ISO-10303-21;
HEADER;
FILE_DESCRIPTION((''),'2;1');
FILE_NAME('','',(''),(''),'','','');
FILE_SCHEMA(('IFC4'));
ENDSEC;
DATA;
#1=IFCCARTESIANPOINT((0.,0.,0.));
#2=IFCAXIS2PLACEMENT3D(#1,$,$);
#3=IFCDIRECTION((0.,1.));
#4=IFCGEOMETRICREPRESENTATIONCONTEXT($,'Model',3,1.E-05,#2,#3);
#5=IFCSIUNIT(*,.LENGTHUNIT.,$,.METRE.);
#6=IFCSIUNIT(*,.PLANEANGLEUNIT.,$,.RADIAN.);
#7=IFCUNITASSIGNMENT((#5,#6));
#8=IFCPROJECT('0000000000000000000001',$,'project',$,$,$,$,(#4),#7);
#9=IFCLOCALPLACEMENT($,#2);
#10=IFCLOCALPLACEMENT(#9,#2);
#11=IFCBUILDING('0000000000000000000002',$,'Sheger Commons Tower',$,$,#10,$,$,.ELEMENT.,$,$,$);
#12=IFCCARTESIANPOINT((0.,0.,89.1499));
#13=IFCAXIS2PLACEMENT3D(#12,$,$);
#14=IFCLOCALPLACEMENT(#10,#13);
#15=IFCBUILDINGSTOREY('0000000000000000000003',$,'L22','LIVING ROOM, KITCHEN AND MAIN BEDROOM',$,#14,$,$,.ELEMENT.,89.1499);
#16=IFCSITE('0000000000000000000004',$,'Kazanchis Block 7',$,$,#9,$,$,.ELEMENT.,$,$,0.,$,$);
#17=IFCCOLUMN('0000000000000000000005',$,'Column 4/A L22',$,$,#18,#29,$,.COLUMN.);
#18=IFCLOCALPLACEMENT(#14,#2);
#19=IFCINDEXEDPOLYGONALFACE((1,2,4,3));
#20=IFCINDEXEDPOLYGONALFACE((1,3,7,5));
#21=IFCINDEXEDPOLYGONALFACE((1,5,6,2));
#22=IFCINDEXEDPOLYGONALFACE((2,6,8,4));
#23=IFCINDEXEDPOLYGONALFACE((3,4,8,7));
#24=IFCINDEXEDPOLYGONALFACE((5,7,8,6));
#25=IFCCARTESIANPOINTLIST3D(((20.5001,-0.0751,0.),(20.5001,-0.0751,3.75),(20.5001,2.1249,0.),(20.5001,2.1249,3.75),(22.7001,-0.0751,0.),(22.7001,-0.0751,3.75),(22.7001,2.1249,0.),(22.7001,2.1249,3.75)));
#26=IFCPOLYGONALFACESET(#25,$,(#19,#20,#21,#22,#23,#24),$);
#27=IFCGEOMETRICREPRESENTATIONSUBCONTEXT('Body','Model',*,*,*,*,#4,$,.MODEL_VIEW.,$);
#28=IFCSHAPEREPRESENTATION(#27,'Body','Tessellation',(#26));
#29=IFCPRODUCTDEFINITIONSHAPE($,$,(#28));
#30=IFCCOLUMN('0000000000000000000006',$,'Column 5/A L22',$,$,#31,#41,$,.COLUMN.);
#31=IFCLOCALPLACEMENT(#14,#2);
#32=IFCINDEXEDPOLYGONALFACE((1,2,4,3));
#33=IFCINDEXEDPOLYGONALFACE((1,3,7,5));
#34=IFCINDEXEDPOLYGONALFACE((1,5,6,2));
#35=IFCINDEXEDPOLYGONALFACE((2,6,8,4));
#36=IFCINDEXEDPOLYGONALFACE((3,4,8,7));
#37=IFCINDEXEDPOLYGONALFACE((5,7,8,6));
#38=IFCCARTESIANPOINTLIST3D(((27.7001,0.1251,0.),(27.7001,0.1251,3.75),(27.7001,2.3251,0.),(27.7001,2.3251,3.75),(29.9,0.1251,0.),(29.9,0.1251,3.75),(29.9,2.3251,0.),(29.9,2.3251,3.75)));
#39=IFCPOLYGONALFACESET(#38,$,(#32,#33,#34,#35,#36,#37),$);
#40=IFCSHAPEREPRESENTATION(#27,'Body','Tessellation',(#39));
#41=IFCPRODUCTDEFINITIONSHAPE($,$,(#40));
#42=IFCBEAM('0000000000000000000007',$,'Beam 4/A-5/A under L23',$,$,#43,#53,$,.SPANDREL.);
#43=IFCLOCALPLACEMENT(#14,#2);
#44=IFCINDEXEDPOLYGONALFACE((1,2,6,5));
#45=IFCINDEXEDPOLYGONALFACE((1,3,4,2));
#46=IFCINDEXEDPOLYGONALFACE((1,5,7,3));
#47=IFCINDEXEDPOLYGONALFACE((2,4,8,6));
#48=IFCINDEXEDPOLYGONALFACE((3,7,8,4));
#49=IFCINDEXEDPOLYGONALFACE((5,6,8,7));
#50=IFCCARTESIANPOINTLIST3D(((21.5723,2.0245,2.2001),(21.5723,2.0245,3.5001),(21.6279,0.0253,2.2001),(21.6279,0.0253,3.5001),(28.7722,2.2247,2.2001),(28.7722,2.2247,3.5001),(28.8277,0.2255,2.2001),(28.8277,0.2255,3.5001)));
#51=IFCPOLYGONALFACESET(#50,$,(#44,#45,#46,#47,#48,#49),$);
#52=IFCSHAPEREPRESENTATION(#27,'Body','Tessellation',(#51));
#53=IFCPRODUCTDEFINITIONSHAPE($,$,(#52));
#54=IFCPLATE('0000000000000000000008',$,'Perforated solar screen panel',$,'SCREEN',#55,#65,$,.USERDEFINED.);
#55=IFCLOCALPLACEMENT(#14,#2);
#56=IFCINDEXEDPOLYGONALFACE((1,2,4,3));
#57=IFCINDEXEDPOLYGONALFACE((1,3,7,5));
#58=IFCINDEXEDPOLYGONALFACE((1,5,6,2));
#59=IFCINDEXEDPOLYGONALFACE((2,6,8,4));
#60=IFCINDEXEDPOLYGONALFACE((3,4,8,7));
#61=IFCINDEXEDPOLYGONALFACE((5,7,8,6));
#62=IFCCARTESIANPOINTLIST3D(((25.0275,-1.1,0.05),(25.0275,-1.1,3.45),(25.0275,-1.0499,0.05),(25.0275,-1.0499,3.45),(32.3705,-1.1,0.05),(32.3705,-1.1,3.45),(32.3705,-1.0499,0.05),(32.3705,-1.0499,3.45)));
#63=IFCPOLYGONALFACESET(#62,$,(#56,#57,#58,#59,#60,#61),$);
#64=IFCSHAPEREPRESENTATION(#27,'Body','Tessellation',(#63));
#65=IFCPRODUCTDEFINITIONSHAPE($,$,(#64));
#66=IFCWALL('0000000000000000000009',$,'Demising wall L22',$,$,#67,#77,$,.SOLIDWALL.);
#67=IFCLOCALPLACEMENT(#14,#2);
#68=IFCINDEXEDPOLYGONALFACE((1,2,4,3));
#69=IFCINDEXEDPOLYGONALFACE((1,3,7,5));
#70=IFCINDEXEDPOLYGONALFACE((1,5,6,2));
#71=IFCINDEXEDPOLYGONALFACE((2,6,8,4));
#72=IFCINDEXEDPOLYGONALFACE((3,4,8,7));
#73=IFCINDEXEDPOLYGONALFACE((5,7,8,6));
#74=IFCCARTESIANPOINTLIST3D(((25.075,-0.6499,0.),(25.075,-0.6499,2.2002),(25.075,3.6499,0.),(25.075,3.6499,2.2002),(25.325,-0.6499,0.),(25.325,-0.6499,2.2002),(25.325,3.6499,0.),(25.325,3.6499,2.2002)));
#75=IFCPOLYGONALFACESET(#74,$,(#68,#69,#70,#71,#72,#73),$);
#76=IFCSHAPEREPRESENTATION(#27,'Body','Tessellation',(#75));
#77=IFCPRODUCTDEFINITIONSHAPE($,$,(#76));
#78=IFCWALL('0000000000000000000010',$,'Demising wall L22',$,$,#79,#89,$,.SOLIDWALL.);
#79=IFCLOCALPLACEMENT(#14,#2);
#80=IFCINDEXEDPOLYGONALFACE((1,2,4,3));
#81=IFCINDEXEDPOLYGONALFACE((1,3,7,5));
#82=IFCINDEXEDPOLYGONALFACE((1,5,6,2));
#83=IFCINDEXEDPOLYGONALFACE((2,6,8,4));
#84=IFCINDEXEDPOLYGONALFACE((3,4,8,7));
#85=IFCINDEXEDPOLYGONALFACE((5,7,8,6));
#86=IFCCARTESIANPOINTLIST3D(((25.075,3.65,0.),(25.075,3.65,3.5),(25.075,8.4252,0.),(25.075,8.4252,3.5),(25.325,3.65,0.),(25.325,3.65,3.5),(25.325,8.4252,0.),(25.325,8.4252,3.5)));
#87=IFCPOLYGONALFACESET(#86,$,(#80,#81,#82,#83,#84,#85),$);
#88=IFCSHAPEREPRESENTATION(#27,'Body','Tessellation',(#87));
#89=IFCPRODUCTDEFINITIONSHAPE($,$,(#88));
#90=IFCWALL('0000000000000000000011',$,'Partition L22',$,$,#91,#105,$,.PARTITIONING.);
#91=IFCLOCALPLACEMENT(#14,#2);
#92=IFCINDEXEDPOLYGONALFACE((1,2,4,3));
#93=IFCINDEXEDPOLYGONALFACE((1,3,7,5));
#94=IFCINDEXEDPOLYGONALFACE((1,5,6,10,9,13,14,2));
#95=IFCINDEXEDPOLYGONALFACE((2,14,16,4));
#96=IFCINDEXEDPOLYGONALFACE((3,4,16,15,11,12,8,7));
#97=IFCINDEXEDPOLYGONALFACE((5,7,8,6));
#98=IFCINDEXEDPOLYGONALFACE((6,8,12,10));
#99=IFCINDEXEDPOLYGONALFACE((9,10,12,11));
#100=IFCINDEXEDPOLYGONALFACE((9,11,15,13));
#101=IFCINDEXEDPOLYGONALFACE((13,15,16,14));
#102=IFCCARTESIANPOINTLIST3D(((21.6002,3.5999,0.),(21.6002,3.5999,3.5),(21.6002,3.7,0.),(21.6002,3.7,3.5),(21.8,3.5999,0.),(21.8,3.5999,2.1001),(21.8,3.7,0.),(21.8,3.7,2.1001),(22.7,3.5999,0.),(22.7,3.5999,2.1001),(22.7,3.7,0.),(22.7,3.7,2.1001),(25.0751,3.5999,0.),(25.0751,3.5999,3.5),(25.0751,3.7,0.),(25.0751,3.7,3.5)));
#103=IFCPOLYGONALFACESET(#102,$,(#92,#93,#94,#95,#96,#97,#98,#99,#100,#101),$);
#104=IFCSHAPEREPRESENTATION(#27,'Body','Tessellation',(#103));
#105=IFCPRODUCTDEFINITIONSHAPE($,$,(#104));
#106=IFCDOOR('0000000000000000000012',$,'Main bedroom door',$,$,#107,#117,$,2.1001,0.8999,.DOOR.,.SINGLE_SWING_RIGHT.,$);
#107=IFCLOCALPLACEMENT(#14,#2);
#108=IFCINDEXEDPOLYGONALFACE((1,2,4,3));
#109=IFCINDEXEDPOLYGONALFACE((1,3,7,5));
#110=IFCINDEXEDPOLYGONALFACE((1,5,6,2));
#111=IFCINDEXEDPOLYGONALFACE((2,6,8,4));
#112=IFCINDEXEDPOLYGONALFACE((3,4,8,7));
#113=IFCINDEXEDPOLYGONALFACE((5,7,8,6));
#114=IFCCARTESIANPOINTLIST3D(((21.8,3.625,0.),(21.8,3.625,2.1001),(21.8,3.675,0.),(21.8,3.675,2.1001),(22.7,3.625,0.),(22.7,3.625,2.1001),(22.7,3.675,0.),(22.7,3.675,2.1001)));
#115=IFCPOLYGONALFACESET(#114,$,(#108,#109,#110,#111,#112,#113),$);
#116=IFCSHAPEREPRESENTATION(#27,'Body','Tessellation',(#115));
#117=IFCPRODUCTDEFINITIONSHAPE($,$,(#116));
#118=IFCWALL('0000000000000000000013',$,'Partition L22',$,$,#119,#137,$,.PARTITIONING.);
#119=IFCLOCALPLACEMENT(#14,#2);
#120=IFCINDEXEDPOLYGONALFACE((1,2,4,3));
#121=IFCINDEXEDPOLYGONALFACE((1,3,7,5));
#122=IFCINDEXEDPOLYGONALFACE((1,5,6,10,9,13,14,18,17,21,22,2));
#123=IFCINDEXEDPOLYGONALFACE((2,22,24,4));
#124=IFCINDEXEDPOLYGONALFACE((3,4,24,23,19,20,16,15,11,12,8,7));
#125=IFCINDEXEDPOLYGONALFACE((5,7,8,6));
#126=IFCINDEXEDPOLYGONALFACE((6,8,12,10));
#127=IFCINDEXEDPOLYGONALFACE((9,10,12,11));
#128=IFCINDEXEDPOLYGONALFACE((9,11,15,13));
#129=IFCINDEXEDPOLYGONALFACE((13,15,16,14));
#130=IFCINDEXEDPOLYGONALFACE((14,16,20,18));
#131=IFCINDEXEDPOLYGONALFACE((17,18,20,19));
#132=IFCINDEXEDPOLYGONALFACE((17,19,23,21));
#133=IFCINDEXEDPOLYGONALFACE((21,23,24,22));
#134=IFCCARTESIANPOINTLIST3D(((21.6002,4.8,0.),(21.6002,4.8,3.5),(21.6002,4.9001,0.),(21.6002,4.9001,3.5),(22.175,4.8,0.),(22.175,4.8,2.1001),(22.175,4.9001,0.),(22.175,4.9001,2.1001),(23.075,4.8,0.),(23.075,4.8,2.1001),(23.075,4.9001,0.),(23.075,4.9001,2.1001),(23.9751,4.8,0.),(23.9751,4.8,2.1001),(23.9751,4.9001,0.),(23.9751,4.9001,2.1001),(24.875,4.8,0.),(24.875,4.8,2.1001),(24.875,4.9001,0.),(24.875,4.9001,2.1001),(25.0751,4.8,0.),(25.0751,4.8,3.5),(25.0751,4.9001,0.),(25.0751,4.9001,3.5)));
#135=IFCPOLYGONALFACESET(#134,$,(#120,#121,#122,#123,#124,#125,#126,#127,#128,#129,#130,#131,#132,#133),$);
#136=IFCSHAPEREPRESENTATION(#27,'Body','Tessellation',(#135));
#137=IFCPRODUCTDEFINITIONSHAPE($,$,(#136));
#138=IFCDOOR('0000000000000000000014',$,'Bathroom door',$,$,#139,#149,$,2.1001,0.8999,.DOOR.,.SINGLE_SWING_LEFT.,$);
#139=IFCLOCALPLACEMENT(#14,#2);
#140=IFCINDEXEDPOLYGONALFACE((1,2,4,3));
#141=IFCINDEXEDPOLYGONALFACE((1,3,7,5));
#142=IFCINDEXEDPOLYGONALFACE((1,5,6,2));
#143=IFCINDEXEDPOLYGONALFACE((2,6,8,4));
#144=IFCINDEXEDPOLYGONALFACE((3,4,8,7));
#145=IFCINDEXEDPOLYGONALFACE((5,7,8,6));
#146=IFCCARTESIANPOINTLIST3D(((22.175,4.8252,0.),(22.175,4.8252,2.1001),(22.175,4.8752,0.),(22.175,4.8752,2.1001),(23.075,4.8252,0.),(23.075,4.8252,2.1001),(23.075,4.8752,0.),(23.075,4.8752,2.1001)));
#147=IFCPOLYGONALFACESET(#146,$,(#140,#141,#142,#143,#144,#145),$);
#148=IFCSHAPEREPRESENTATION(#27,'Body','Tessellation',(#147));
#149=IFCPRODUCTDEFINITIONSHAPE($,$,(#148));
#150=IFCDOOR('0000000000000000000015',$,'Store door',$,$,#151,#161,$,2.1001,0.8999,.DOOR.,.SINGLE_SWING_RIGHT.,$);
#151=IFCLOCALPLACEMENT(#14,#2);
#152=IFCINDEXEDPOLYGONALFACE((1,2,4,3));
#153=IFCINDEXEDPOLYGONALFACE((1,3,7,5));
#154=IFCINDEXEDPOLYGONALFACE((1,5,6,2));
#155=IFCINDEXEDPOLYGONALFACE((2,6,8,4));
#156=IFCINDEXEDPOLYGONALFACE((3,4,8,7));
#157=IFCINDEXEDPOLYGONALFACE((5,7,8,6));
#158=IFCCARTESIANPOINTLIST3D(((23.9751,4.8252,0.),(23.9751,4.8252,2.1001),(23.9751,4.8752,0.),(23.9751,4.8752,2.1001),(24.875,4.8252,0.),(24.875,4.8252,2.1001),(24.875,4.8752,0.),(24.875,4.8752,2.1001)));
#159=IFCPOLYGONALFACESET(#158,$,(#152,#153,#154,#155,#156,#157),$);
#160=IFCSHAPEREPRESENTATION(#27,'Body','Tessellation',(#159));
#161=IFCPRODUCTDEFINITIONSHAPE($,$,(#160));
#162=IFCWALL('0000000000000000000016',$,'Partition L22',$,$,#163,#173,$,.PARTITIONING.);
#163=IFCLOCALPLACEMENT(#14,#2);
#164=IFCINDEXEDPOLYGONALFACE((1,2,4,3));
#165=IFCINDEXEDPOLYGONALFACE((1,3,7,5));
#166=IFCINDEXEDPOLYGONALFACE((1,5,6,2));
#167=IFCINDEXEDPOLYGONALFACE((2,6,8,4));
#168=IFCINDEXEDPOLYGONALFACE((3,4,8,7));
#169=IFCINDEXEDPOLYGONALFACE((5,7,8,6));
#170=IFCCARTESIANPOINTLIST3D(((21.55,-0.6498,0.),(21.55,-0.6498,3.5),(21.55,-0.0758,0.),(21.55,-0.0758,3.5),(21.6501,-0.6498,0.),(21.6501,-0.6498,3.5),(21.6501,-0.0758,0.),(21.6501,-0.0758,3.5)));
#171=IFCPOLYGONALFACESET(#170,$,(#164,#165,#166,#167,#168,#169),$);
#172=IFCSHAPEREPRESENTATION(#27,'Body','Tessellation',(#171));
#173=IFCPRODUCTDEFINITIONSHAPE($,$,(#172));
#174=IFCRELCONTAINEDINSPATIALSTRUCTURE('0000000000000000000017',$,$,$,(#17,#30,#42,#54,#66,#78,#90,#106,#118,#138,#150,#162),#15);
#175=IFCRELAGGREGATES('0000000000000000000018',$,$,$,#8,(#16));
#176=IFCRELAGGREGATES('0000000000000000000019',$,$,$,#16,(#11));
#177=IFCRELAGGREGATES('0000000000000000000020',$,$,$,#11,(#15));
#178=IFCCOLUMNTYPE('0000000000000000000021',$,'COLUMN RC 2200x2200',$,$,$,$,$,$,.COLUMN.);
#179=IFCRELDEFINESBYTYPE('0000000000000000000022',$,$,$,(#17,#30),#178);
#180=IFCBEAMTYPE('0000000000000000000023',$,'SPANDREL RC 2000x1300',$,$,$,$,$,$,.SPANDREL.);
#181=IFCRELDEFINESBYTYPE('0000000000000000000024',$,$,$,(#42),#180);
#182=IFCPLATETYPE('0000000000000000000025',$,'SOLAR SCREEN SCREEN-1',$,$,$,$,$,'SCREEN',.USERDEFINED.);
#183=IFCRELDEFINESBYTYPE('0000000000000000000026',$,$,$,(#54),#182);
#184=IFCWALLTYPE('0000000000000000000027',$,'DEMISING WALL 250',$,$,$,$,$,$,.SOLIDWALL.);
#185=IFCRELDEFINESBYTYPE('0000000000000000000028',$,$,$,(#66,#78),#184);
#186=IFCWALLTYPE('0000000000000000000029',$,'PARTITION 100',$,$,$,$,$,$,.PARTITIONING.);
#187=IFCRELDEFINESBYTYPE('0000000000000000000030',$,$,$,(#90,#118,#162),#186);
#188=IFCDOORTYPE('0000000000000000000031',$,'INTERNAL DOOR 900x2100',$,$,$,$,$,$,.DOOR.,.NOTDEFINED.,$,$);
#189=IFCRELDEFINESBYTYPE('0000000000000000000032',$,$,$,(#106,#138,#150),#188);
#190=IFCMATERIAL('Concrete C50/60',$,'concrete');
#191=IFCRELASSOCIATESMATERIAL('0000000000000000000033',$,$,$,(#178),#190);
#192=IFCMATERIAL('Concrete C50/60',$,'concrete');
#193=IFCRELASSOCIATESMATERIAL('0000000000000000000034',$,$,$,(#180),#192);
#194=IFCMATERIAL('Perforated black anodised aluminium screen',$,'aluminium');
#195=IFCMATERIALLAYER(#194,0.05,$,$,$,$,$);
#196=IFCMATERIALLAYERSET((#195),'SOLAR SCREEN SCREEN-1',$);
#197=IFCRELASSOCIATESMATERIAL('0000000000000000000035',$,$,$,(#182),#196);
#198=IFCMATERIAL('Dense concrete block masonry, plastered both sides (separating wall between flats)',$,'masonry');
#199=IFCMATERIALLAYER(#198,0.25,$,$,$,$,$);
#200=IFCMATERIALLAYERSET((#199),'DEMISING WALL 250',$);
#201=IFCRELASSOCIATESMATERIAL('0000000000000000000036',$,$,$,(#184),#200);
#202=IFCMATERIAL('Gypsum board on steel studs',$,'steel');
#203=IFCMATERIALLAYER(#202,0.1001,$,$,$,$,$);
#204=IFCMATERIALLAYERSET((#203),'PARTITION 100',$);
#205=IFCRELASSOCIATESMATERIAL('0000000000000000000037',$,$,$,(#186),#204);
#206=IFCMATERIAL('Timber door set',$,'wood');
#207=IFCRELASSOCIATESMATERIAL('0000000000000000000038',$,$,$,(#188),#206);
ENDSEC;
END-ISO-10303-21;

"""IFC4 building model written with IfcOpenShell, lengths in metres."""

from ifc_helpers import new_model, si_unit, direction, frame, frame_2d, origin, origin_2d, place, context, subcontext, project, spatial, rectangle, extrude, material, layer, layer_set, material_profile, profile_set, type_object, element, fill, save


model = new_model("IFC4")

# Units and contexts
model_context = context("Model", 3, precision=1e-05, world=origin(), true_north=direction((0.0, 1.0)))
body_context = subcontext(model_context, "Body", "Model", "MODEL_VIEW")
ifc_project = project(units=[si_unit("LENGTHUNIT", "METRE"), si_unit("PLANEANGLEUNIT", "RADIAN")], contexts=[model_context])

# Site, building, storey
site_placement = place(None, origin())
site = spatial("IfcSite", under=ifc_project, at=site_placement, Name="Kazanchis Block 7", CompositionType="ELEMENT", RefElevation=0.0)
building_placement = place(site_placement, origin())
building = spatial("IfcBuilding", under=site, at=building_placement, Name="Sheger Commons Tower", CompositionType="ELEMENT")
storey_placement = place(building_placement, frame((0.0, 0.0, 89.1499)))
storey = spatial("IfcBuildingStorey", under=building, at=storey_placement, Name="L22", Description="LIVING ROOM, KITCHEN AND MAIN BEDROOM", CompositionType="ELEMENT", Elevation=89.1499)

# Columns
ifc_material_1 = material(Name="Concrete C50/60", Category="concrete")
ifc_material_profile_1 = material_profile(ifc_material_1, rectangle(XDim=2.2, YDim=2.2, at=origin_2d()), Name="RC 2200x2200")
ifc_profile_set_1 = profile_set([ifc_material_profile_1], Name="Concrete C50/60")
column_type = type_object("IfcColumnType", Name="COLUMN RC 2200x2200", PredefinedType="COLUMN", material=ifc_profile_set_1)
for number, where, z_axis, x_axis, name in (
    (1, (21.6001, 1.0249, 0.0), (0.0, 0.0, 1.0), (1.0, 0.0, 0.0), "Column 4/A L22"),
    (2, (28.8, 1.2251, 0.0), (0.0, 0.0, 1.0), (1.0, 0.0, 0.0), "Column 5/A L22"),
):
    element("IfcColumn", number, at=place(storey_placement, frame(where, z_axis=z_axis, x_axis=x_axis)), inside=storey, type_object=column_type, Name=name, PredefinedType="COLUMN", context=body_context, shape_type="SweptSolid", body=[
        extrude(rectangle(XDim=2.2, YDim=2.2, at=origin_2d()), origin(), (0.0, 0.0, 1.0), 3.75),
    ])

# Beam
ifc_material_2 = material(Name="Concrete C50/60", Category="concrete")
ifc_material_profile_2 = material_profile(ifc_material_2, rectangle(XDim=2.0, YDim=1.3, at=origin_2d()), Name="RC 2000x1300")
ifc_profile_set_2 = profile_set([ifc_material_profile_2], Name="Concrete C50/60")
beam_type = type_object("IfcBeamType", Name="SPANDREL RC 2000x1300", PredefinedType="SPANDREL", material=ifc_profile_set_2)
beam_placement = place(storey_placement, frame((21.6001, 1.0249, 2.8501), z_axis=(0.999614, 0.027794, 0.0), x_axis=(-0.027794, 0.999614, 0.0)))
element("IfcBeam", 3, at=beam_placement, inside=storey, type_object=beam_type, Name="Beam 4/A-5/A under L23", PredefinedType="SPANDREL", context=body_context, shape_type="SweptSolid", body=[
    extrude(rectangle(XDim=2.0, YDim=1.3, at=origin_2d()), origin(), (0.0, 0.0, 1.0), 7.2026),
])

# Plate
ifc_material_3 = material(Name="Perforated black anodised aluminium screen", Category="aluminium")
ifc_layer_1 = layer(ifc_material_3, 0.05)
ifc_layer_set_1 = layer_set([ifc_layer_1], Name="SOLAR SCREEN SCREEN-1")
plate_type = type_object("IfcPlateType", Name="SOLAR SCREEN SCREEN-1", ElementType="SCREEN", PredefinedType="USERDEFINED", material=ifc_layer_set_1)
plate_placement = place(storey_placement, frame((28.699, -1.075, 0.05), z_axis=(0.0, 0.0, 1.0), x_axis=(1.0, 0.0, 0.0)))
element("IfcPlate", 4, at=plate_placement, inside=storey, type_object=plate_type, Name="Perforated solar screen panel", ObjectType="SCREEN", PredefinedType="USERDEFINED", context=body_context, shape_type="SweptSolid", body=[
    extrude(rectangle(XDim=7.343, YDim=0.05, at=origin_2d()), origin(), (0.0, 0.0, 1.0), 3.3999),
])

# Walls
ifc_material_4 = material(Name="Dense concrete block masonry, plastered both sides (separating wall between flats)", Category="masonry")
ifc_layer_2 = layer(ifc_material_4, 0.25)
ifc_layer_set_2 = layer_set([ifc_layer_2], Name="DEMISING WALL 250")
wall_type_1 = type_object("IfcWallType", Name="DEMISING WALL 250", PredefinedType="SOLIDWALL", material=ifc_layer_set_2)
wall_1_placement = place(storey_placement, frame((25.2, -0.6499, 0.0), z_axis=(0.0, 0.0, 1.0), x_axis=(0.0, 1.0, 0.0)))
element("IfcWall", 5, at=wall_1_placement, inside=storey, type_object=wall_type_1, Name="Demising wall L22", PredefinedType="SOLIDWALL", context=body_context, shape_type="SweptSolid", body=[
    extrude(rectangle(XDim=4.2998, YDim=0.25, at=frame_2d((2.1499, 0.0))), origin(), (0.0, 0.0, 1.0), 2.2002),
])
wall_2_placement = place(storey_placement, frame((25.2, 3.6499, 0.0), z_axis=(0.0, 0.0, 1.0), x_axis=(0.0, 1.0, 0.0)))
element("IfcWall", 6, at=wall_2_placement, inside=storey, type_object=wall_type_1, Name="Demising wall L22", PredefinedType="SOLIDWALL", context=body_context, shape_type="SweptSolid", body=[
    extrude(rectangle(XDim=4.7751, YDim=0.25, at=frame_2d((2.3877, 0.0))), origin(), (0.0, 0.0, 1.0), 3.5),
])

# Wall, opening, door
ifc_material_5 = material(Name="Gypsum board on steel studs", Category="steel")
ifc_layer_3 = layer(ifc_material_5, 0.1001)
ifc_layer_set_3 = layer_set([ifc_layer_3], Name="PARTITION 100")
wall_type_2 = type_object("IfcWallType", Name="PARTITION 100", PredefinedType="PARTITIONING", material=ifc_layer_set_3)
wall_3_placement = place(storey_placement, frame((25.075, 3.6499, 0.0), z_axis=(0.0, 0.0, 1.0), x_axis=(-1.0, 0.0, 0.0)))
wall_3 = element("IfcWall", 7, at=wall_3_placement, inside=storey, type_object=wall_type_2, Name="Partition L22", PredefinedType="PARTITIONING", context=body_context, shape_type="SweptSolid", body=[
    extrude(rectangle(XDim=3.4749, YDim=0.1001, at=frame_2d((1.7373, 0.0))), origin(), (0.0, 0.0, 1.0), 3.5),
])
opening_1_placement = place(wall_3_placement, frame((2.375, 0.0, 0.0)))
opening_1 = element("IfcOpeningElement", 8, at=opening_1_placement, cuts=wall_3, PredefinedType="OPENING", context=body_context, shape_type="SweptSolid", body=[
    extrude(rectangle(XDim=0.8999, YDim=2.1001, at=frame_2d((0.45, 1.05))), frame((0.0, 0.0601, 0.0), z_axis=(0.0, -1.0, 0.0), x_axis=(1.0, 0.0, 0.0)), (0.0, 0.0, 1.0), 0.1201),
])
ifc_material_6 = material(Name="Timber door set", Category="wood")
door_type = type_object("IfcDoorType", Name="INTERNAL DOOR 900x2100", OperationType="NOTDEFINED", PredefinedType="DOOR", material=ifc_material_6)
door_1_placement = place(opening_1_placement, origin())
door_1 = element("IfcDoor", 9, at=door_1_placement, inside=storey, type_object=door_type, Name="Main bedroom door", OperationType="SINGLE_SWING_RIGHT", OverallHeight=2.1001, OverallWidth=0.8999, PredefinedType="DOOR", context=body_context, shape_type="SweptSolid", body=[
    extrude(rectangle(XDim=0.8999, YDim=2.1001, at=frame_2d((0.45, 1.05))), frame((0.0, 0.0249, 0.0), z_axis=(0.0, -1.0, 0.0), x_axis=(1.0, 0.0, 0.0)), (0.0, 0.0, 1.0), 0.05),
])
fill(opening_1, door_1)

# Wall, openings, doors
wall_4_placement = place(storey_placement, frame((25.075, 4.8501, 0.0), z_axis=(0.0, 0.0, 1.0), x_axis=(-1.0, 0.0, 0.0)))
wall_4 = element("IfcWall", 10, at=wall_4_placement, inside=storey, type_object=wall_type_2, Name="Partition L22", PredefinedType="PARTITIONING", context=body_context, shape_type="SweptSolid", body=[
    extrude(rectangle(XDim=3.4749, YDim=0.1001, at=frame_2d((1.7373, 0.0))), origin(), (0.0, 0.0, 1.0), 3.5),
])
opening_2_placement = place(wall_4_placement, frame((2.0, 0.0, 0.0)))
opening_2 = element("IfcOpeningElement", 11, at=opening_2_placement, cuts=wall_4, PredefinedType="OPENING", context=body_context, shape_type="SweptSolid", body=[
    extrude(rectangle(XDim=0.8999, YDim=2.1001, at=frame_2d((0.45, 1.05))), frame((0.0, 0.0601, 0.0), z_axis=(0.0, -1.0, 0.0), x_axis=(1.0, 0.0, 0.0)), (0.0, 0.0, 1.0), 0.1201),
])
opening_3_placement = place(wall_4_placement, frame((0.2, 0.0, 0.0)))
opening_3 = element("IfcOpeningElement", 12, at=opening_3_placement, cuts=wall_4, PredefinedType="OPENING", context=body_context, shape_type="SweptSolid", body=[
    extrude(rectangle(XDim=0.8999, YDim=2.1001, at=frame_2d((0.45, 1.05))), frame((0.0, 0.0601, 0.0), z_axis=(0.0, -1.0, 0.0), x_axis=(1.0, 0.0, 0.0)), (0.0, 0.0, 1.0), 0.1201),
])
door_2_placement = place(opening_2_placement, origin())
door_2 = element("IfcDoor", 13, at=door_2_placement, inside=storey, type_object=door_type, Name="Bathroom door", OperationType="SINGLE_SWING_LEFT", OverallHeight=2.1001, OverallWidth=0.8999, PredefinedType="DOOR", context=body_context, shape_type="SweptSolid", body=[
    extrude(rectangle(XDim=0.8999, YDim=2.1001, at=frame_2d((0.45, 1.05))), frame((0.0, 0.0249, 0.0), z_axis=(0.0, -1.0, 0.0), x_axis=(1.0, 0.0, 0.0)), (0.0, 0.0, 1.0), 0.05),
])
fill(opening_2, door_2)
door_3_placement = place(opening_3_placement, origin())
door_3 = element("IfcDoor", 14, at=door_3_placement, inside=storey, type_object=door_type, Name="Store door", OperationType="SINGLE_SWING_RIGHT", OverallHeight=2.1001, OverallWidth=0.8999, PredefinedType="DOOR", context=body_context, shape_type="SweptSolid", body=[
    extrude(rectangle(XDim=0.8999, YDim=2.1001, at=frame_2d((0.45, 1.05))), frame((0.0, 0.0249, 0.0), z_axis=(0.0, -1.0, 0.0), x_axis=(1.0, 0.0, 0.0)), (0.0, 0.0, 1.0), 0.05),
])
fill(opening_3, door_3)

# Wall
wall_5_placement = place(storey_placement, frame((21.6001, -0.6499, 0.0), z_axis=(0.0, 0.0, 1.0), x_axis=(0.0, 1.0, 0.0)))
element("IfcWall", 15, at=wall_5_placement, inside=storey, type_object=wall_type_2, Name="Partition L22", PredefinedType="PARTITIONING", context=body_context, shape_type="SweptSolid", body=[
    extrude(rectangle(XDim=0.574, YDim=0.1001, at=frame_2d((0.2871, 0.0))), origin(), (0.0, 0.0, 1.0), 3.5),
])

save(model, "model.ifc")
